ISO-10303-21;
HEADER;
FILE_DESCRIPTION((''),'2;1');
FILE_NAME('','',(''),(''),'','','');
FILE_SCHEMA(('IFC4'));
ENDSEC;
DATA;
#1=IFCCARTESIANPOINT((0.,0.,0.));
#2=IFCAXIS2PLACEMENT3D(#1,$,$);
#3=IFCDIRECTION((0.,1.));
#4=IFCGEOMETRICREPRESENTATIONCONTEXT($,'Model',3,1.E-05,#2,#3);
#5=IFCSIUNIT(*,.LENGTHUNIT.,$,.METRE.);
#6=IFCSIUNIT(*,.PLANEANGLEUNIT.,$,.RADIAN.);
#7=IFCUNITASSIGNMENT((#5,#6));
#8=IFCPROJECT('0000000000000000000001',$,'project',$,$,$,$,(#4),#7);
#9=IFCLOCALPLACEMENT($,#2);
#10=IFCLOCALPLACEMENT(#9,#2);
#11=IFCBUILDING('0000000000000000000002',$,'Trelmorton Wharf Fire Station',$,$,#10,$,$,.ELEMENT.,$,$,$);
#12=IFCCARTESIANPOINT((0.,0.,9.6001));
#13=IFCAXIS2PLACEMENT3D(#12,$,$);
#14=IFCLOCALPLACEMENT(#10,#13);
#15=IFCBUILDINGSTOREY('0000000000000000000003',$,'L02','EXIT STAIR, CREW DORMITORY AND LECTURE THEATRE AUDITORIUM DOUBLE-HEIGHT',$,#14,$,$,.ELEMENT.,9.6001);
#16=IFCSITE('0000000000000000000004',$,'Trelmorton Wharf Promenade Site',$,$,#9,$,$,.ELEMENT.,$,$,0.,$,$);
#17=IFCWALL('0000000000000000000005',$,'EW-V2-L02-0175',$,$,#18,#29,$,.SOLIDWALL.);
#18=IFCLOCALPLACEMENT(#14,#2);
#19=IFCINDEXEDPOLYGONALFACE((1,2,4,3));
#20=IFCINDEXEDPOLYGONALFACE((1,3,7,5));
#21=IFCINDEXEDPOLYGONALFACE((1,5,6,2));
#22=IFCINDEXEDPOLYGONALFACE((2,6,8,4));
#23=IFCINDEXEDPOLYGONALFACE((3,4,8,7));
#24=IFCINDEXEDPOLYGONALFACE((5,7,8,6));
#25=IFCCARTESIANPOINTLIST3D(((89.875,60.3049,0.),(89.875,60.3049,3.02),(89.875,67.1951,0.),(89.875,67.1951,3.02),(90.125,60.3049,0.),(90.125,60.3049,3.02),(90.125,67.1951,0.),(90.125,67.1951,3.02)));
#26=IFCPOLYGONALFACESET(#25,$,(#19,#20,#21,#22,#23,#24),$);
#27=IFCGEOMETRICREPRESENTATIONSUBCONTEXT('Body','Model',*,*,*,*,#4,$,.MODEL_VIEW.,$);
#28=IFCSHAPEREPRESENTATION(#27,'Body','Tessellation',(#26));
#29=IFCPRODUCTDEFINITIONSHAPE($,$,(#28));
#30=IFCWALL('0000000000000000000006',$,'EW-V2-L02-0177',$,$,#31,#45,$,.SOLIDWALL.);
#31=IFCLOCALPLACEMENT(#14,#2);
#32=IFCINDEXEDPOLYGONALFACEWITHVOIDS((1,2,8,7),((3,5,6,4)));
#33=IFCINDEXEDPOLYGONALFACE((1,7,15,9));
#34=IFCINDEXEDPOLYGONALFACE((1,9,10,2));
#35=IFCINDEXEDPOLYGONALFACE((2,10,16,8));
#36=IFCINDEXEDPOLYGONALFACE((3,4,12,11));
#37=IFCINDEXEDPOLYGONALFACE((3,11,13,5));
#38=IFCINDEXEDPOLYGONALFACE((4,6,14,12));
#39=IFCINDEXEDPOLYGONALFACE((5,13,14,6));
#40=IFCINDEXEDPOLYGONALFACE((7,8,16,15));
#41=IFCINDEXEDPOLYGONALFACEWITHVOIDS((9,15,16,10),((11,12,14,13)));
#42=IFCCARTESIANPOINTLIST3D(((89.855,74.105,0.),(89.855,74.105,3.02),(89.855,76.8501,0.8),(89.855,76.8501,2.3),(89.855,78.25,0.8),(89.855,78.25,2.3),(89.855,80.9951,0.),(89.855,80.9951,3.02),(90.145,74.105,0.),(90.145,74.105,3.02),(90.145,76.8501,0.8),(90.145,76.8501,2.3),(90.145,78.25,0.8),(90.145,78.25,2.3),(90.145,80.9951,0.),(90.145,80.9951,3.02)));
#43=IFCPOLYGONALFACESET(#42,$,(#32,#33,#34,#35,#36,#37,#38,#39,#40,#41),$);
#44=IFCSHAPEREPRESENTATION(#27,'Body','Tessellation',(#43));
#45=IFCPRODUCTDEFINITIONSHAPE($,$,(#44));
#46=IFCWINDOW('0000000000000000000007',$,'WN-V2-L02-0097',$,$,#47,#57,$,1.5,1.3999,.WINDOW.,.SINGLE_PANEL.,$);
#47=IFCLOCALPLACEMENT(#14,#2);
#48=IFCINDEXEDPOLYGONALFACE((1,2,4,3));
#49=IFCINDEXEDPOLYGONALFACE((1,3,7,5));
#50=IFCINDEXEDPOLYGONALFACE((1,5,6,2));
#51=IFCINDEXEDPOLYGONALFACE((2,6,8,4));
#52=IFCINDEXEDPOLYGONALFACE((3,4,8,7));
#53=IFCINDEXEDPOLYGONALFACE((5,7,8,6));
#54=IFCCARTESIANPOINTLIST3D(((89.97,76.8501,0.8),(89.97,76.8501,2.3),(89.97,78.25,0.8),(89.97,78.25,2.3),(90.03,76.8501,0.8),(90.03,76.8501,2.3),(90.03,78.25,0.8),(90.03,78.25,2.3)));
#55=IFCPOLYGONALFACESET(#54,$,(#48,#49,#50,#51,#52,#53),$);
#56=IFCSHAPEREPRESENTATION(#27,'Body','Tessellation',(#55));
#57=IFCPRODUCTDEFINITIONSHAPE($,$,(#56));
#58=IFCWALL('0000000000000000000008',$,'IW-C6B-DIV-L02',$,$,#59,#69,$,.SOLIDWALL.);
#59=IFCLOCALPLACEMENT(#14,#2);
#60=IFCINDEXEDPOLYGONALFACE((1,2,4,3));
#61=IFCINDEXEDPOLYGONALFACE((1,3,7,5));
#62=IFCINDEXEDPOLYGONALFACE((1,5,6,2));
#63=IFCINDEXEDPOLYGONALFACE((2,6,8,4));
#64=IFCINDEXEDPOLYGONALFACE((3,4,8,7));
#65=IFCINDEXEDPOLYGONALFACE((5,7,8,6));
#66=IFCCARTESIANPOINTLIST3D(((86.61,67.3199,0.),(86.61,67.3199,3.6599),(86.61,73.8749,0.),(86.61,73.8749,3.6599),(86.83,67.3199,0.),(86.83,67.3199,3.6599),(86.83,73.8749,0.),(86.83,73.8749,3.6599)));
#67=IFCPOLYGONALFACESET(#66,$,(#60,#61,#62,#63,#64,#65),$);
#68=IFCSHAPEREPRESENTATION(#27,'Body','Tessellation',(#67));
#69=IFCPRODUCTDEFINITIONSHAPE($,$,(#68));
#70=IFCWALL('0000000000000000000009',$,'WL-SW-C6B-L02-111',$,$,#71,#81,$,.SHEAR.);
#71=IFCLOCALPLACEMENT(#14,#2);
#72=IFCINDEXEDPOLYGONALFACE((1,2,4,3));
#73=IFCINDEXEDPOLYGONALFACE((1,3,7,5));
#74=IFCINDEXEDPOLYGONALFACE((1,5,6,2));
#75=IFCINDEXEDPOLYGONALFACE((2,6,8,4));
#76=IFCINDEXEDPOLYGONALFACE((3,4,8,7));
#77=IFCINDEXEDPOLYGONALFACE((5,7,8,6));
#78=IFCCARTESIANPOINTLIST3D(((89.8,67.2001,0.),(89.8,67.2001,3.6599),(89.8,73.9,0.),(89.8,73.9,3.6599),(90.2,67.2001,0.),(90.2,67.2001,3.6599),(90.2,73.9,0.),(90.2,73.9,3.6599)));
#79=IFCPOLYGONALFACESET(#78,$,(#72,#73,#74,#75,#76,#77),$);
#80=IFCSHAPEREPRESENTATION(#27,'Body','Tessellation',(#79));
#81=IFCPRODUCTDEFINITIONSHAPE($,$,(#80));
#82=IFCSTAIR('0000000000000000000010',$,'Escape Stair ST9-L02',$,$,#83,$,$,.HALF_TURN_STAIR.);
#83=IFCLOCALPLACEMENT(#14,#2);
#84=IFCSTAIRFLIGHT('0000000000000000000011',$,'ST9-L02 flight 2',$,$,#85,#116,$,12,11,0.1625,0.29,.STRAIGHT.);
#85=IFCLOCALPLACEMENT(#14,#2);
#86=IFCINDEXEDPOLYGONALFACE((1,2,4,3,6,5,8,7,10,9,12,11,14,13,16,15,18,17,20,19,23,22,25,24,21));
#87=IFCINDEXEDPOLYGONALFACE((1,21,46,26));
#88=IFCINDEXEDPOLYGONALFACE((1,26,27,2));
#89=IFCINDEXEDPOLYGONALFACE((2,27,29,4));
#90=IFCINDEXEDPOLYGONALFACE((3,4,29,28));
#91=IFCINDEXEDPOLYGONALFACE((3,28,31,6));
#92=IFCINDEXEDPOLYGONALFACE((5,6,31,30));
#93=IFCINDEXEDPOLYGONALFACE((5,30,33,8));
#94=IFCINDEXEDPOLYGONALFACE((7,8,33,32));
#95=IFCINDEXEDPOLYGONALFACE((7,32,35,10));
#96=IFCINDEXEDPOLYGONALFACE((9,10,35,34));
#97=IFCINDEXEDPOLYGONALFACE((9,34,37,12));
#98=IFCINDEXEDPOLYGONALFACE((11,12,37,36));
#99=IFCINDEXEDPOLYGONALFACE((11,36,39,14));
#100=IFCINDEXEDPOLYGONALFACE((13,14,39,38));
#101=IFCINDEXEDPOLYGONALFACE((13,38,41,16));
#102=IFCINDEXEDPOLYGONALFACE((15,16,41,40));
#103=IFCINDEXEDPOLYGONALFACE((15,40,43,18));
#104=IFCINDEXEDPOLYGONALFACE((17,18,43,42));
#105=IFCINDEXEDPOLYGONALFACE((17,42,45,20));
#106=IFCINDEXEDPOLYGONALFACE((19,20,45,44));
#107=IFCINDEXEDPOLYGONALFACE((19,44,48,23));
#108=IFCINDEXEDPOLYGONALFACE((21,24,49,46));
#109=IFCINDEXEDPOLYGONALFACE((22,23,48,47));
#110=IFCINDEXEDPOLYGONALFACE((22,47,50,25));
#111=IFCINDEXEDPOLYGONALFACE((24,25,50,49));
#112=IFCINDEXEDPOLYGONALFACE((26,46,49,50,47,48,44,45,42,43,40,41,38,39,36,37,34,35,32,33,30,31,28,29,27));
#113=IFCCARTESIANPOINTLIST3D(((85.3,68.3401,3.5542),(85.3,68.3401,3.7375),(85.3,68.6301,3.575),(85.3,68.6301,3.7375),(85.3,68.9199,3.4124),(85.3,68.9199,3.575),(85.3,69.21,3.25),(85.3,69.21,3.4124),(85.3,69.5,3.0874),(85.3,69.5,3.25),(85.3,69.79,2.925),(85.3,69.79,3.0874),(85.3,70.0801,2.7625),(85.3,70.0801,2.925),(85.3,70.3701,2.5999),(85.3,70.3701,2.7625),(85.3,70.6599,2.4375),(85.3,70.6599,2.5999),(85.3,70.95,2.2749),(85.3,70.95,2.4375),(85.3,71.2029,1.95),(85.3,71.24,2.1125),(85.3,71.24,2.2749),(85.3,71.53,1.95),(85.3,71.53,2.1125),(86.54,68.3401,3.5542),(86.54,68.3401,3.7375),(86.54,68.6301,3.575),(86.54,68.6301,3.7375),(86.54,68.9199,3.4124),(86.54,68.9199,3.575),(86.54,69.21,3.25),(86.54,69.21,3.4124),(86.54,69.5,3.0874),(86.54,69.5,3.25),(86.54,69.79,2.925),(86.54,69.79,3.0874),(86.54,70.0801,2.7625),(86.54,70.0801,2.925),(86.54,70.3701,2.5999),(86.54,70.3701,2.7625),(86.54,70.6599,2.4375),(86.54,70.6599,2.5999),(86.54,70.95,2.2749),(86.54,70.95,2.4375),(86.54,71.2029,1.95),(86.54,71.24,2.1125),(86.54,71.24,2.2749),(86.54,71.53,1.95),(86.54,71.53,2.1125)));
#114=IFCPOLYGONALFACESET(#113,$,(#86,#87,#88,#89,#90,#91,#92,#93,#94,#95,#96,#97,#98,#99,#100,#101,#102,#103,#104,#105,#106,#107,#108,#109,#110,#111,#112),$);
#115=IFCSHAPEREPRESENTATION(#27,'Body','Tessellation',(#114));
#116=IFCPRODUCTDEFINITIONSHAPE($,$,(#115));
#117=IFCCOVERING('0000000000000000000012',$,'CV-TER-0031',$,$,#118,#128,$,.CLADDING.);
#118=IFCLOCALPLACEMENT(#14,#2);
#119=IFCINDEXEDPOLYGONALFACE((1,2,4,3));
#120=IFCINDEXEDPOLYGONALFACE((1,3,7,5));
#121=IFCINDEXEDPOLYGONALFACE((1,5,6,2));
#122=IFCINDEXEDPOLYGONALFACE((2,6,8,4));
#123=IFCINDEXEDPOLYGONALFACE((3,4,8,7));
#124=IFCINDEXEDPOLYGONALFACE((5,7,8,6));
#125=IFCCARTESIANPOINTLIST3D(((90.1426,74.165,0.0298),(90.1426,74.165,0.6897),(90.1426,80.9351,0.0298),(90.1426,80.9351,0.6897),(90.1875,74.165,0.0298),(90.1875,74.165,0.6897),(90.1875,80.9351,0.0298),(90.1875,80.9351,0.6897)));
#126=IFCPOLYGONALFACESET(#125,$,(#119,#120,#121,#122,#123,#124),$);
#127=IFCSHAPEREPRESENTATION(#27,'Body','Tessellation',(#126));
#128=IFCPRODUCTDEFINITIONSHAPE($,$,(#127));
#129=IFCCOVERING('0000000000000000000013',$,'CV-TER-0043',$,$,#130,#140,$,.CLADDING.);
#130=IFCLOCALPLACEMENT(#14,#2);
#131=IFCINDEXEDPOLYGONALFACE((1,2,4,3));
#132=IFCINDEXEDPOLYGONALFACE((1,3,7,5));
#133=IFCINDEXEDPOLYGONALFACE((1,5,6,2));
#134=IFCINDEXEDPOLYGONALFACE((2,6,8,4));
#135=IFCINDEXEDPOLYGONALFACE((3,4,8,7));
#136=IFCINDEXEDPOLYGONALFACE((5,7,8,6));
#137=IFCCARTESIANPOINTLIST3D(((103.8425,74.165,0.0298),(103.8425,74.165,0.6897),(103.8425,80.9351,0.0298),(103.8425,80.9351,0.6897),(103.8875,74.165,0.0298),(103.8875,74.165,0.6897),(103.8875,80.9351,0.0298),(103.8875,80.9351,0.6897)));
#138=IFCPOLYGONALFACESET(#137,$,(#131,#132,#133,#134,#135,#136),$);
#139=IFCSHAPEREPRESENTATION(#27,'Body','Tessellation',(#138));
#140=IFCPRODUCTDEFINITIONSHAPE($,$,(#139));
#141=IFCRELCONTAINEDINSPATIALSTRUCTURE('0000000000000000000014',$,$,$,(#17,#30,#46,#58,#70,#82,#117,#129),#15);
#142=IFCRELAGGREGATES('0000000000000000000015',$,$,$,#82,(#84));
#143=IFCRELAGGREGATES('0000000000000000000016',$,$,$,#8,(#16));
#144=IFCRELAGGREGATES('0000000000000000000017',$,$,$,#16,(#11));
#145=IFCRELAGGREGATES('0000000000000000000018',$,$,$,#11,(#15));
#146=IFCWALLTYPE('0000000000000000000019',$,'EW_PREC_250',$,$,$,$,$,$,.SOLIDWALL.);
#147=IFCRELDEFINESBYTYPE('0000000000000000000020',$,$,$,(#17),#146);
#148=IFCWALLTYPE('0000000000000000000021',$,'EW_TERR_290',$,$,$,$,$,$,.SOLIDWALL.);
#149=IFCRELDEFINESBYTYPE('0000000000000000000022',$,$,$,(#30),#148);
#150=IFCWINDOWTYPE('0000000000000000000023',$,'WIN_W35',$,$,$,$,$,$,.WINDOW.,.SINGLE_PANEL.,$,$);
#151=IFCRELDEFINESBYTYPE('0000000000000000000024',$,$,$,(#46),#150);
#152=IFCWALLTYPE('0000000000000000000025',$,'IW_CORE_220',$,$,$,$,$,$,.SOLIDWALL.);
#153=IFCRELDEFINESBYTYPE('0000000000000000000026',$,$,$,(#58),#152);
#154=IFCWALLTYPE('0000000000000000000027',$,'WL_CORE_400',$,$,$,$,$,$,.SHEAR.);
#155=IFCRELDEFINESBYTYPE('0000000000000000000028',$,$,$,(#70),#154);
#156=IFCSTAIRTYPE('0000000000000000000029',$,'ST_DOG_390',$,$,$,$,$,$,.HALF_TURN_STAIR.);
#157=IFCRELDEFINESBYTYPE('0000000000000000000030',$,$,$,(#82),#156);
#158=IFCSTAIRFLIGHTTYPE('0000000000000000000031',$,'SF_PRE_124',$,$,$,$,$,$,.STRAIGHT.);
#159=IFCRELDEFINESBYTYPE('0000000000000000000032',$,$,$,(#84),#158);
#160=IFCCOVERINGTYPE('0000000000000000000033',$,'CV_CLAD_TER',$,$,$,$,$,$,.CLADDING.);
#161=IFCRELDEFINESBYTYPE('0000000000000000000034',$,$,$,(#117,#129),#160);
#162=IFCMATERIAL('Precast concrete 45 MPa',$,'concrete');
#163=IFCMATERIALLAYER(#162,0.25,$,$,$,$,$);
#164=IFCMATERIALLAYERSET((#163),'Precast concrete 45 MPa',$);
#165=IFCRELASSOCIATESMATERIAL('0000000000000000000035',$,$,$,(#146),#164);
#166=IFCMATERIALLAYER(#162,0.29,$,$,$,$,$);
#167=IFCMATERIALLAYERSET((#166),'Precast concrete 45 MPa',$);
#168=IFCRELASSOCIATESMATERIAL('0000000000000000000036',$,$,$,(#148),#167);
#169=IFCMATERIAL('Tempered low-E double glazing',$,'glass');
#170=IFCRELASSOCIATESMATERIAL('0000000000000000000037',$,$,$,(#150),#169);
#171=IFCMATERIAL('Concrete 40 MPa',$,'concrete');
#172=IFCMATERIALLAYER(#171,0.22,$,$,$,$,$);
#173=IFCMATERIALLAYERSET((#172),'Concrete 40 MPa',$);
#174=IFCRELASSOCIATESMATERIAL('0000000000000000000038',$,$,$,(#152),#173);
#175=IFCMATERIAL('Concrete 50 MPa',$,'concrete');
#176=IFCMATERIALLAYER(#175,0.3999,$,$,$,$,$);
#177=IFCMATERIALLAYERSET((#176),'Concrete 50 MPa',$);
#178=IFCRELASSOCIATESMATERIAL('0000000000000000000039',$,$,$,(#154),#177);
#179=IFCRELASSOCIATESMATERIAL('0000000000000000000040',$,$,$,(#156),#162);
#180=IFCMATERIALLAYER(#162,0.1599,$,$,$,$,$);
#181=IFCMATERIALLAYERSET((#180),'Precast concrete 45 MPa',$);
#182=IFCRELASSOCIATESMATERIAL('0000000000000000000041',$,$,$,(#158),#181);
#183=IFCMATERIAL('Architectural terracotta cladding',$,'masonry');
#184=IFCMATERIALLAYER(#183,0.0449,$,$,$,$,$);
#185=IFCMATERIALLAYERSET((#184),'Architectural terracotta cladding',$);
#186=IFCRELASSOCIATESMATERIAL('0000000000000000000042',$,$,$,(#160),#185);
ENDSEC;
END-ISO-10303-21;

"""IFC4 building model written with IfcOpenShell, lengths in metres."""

from ifc_helpers import new_model, si_unit, direction, frame, frame_2d, origin, origin_2d, place, context, subcontext, project, spatial, polyline, rectangle, outline, extrude, material, layer, layer_set, type_object, element, fill, aggregate, save


model = new_model("IFC4")

# Units and contexts
model_context = context("Model", 3, precision=1e-05, world=origin(), true_north=direction((0.0, 1.0)))
body_context = subcontext(model_context, "Body", "Model", "MODEL_VIEW")
ifc_project = project(units=[si_unit("LENGTHUNIT", "METRE"), si_unit("PLANEANGLEUNIT", "RADIAN")], contexts=[model_context])

# Site, building, storey
site_placement = place(None, origin())
site = spatial("IfcSite", under=ifc_project, at=site_placement, Name="Trelmorton Wharf Promenade Site", CompositionType="ELEMENT", RefElevation=0.0)
building_placement = place(site_placement, origin())
building = spatial("IfcBuilding", under=site, at=building_placement, Name="Trelmorton Wharf Fire Station", CompositionType="ELEMENT")
storey_placement = place(building_placement, frame((0.0, 0.0, 9.6001)))
storey = spatial("IfcBuildingStorey", under=building, at=storey_placement, Name="L02", Description="EXIT STAIR, CREW DORMITORY AND LECTURE THEATRE AUDITORIUM DOUBLE-HEIGHT", CompositionType="ELEMENT", Elevation=9.6001)

# Wall
ifc_material_1 = material(Name="Precast concrete 45 MPa", Category="concrete")
ifc_layer_1 = layer(ifc_material_1, 0.25)
ifc_layer_set_1 = layer_set([ifc_layer_1], Name="Precast concrete 45 MPa")
wall_type_1 = type_object("IfcWallType", Name="EW_PREC_250", PredefinedType="SOLIDWALL", material=ifc_layer_set_1)
wall_1_placement = place(storey_placement, frame((90.0, 67.1951, 0.0), z_axis=(0.0, 0.0, 1.0), x_axis=(0.0, -1.0, 0.0)))
element("IfcWall", 1, at=wall_1_placement, inside=storey, type_object=wall_type_1, Name="EW-V2-L02-0175", PredefinedType="SOLIDWALL", context=body_context, shape_type="SweptSolid", body=[
    extrude(rectangle(XDim=6.8901, YDim=0.25, at=frame_2d((3.4451, 0.0))), origin(), (0.0, 0.0, 1.0), 3.02),
])

# Wall, opening, window
ifc_layer_2 = layer(ifc_material_1, 0.29)
ifc_layer_set_2 = layer_set([ifc_layer_2], Name="Precast concrete 45 MPa")
wall_type_2 = type_object("IfcWallType", Name="EW_TERR_290", PredefinedType="SOLIDWALL", material=ifc_layer_set_2)
wall_2_placement = place(storey_placement, frame((90.0, 80.9951, 0.0), z_axis=(0.0, 0.0, 1.0), x_axis=(0.0, -1.0, 0.0)))
wall_2 = element("IfcWall", 2, at=wall_2_placement, inside=storey, type_object=wall_type_2, Name="EW-V2-L02-0177", PredefinedType="SOLIDWALL", context=body_context, shape_type="SweptSolid", body=[
    extrude(rectangle(XDim=6.8901, YDim=0.29, at=frame_2d((3.4451, 0.0))), origin(), (0.0, 0.0, 1.0), 3.02),
])
opening_placement = place(wall_2_placement, frame((2.7451, 0.0, 0.8)))
opening = element("IfcOpeningElement", 3, at=opening_placement, cuts=wall_2, PredefinedType="OPENING", context=body_context, shape_type="SweptSolid", body=[
    extrude(rectangle(XDim=1.3999, YDim=1.5, at=frame_2d((0.7, 0.75))), frame((0.0, 0.155, 0.0), z_axis=(0.0, -1.0, 0.0), x_axis=(1.0, 0.0, 0.0)), (0.0, 0.0, 1.0), 0.3101),
])
ifc_material_2 = material(Name="Tempered low-E double glazing", Category="glass")
window_type = type_object("IfcWindowType", Name="WIN_W35", PartitioningType="SINGLE_PANEL", PredefinedType="WINDOW", material=ifc_material_2)
window_placement = place(opening_placement, origin())
window = element("IfcWindow", 4, at=window_placement, inside=storey, type_object=window_type, Name="WN-V2-L02-0097", OverallHeight=1.5, OverallWidth=1.3999, PartitioningType="SINGLE_PANEL", PredefinedType="WINDOW", context=body_context, shape_type="SweptSolid", body=[
    extrude(rectangle(XDim=1.3999, YDim=1.5, at=frame_2d((0.7, 0.75))), frame((0.0, 0.03, 0.0), z_axis=(0.0, -1.0, 0.0), x_axis=(1.0, 0.0, 0.0)), (0.0, 0.0, 1.0), 0.0601),
])
fill(opening, window)

# Walls
ifc_material_3 = material(Name="Concrete 40 MPa", Category="concrete")
ifc_layer_3 = layer(ifc_material_3, 0.22)
ifc_layer_set_3 = layer_set([ifc_layer_3], Name="Concrete 40 MPa")
wall_type_3 = type_object("IfcWallType", Name="IW_CORE_220", PredefinedType="SOLIDWALL", material=ifc_layer_set_3)
wall_3_placement = place(storey_placement, frame((86.72, 67.3201, 0.0), z_axis=(0.0, 0.0, 1.0), x_axis=(0.0, 1.0, 0.0)))
element("IfcWall", 5, at=wall_3_placement, inside=storey, type_object=wall_type_3, Name="IW-C6B-DIV-L02", PredefinedType="SOLIDWALL", context=body_context, shape_type="SweptSolid", body=[
    extrude(rectangle(XDim=6.5549, YDim=0.22, at=frame_2d((3.2773, 0.0))), origin(), (0.0, 0.0, 1.0), 3.6599),
])
ifc_material_4 = material(Name="Concrete 50 MPa", Category="concrete")
ifc_layer_4 = layer(ifc_material_4, 0.3999)
ifc_layer_set_4 = layer_set([ifc_layer_4], Name="Concrete 50 MPa")
wall_type_4 = type_object("IfcWallType", Name="WL_CORE_400", PredefinedType="SHEAR", material=ifc_layer_set_4)
wall_4_placement = place(storey_placement, frame((90.0, 67.2, 0.0), z_axis=(0.0, 0.0, 1.0), x_axis=(0.0, 1.0, 0.0)))
element("IfcWall", 6, at=wall_4_placement, inside=storey, type_object=wall_type_4, Name="WL-SW-C6B-L02-111", PredefinedType="SHEAR", context=body_context, shape_type="SweptSolid", body=[
    extrude(rectangle(XDim=6.7, YDim=0.3999, at=frame_2d((3.3501, 0.0))), origin(), (0.0, 0.0, 1.0), 3.6599),
])

# Stair, stair flight
stair_type = type_object("IfcStairType", Name="ST_DOG_390", PredefinedType="HALF_TURN_STAIR", material=ifc_material_1)
stair_placement = place(storey_placement, origin())
stair = element("IfcStair", 7, at=stair_placement, inside=storey, type_object=stair_type, Name="Escape Stair ST9-L02", PredefinedType="HALF_TURN_STAIR")
ifc_layer_5 = layer(ifc_material_1, 0.1599)
ifc_layer_set_5 = layer_set([ifc_layer_5], Name="Precast concrete 45 MPa")
stair_flight_type = type_object("IfcStairFlightType", Name="SF_PRE_124", PredefinedType="STRAIGHT", material=ifc_layer_set_5)
stair_flight_placement = place(storey_placement, frame((85.9199, 71.53, 1.95), z_axis=(0.0, 0.0, 1.0), x_axis=(0.0, -1.0, 0.0)))
stair_flight = element("IfcStairFlight", 8, at=stair_flight_placement, type_object=stair_flight_type, Name="ST9-L02 flight 2", NumberOfRisers=12, NumberOfTreads=11, PredefinedType="STRAIGHT", RiserHeight=0.1625, TreadLength=0.29, context=body_context, shape_type="SweptSolid", body=[
    extrude(outline(polyline([(0.0, 0.0), (0.0, 0.1626), (0.29, 0.1626), (0.29, 0.325), (0.5801, 0.325), (0.5801, 0.4875), (0.8701, 0.4875), (0.8701, 0.6499), (1.1599, 0.6499), (1.1599, 0.8125), (1.45, 0.8125), (1.45, 0.9751), (1.74, 0.9751), (1.74, 1.1375), (2.03, 1.1375), (2.03, 1.3), (2.3201, 1.3), (2.3201, 1.4624), (2.6101, 1.4624), (2.6101, 1.625), (2.8999, 1.625), (2.8999, 1.7876), (3.1899, 1.7876), (3.1899, 1.95), (3.1899, 1.6042), (0.3271, 0.0), (0.0, 0.0)])), frame((0.0, 0.6201, 0.0), z_axis=(0.0, -1.0, 0.0), x_axis=(1.0, 0.0, 0.0)), (0.0, 0.0, 1.0), 1.24),
])
aggregate(stair, [stair_flight])

# Coverings
ifc_material_5 = material(Name="Architectural terracotta cladding", Category="masonry")
ifc_layer_6 = layer(ifc_material_5, 0.0449)
ifc_layer_set_6 = layer_set([ifc_layer_6], Name="Architectural terracotta cladding")
covering_type = type_object("IfcCoveringType", Name="CV_CLAD_TER", PredefinedType="CLADDING", material=ifc_layer_set_6)
for number, where, z_axis, x_axis, name in (
    (9, (90.165, 77.55, 0.0298), (0.0, 0.0, 1.0), (0.0, -1.0, 0.0), "CV-TER-0031"),
    (10, (103.865, 77.55, 0.0298), (0.0, 0.0, 1.0), (0.0, 1.0, 0.0), "CV-TER-0043"),
):
    element("IfcCovering", number, at=place(storey_placement, frame(where, z_axis=z_axis, x_axis=x_axis)), inside=storey, type_object=covering_type, Name=name, PredefinedType="CLADDING", context=body_context, shape_type="SweptSolid", body=[
        extrude(rectangle(XDim=6.77, YDim=0.0449, at=origin_2d()), origin(), (0.0, 0.0, 1.0), 0.6599),
    ])

save(model, "model.ifc")
